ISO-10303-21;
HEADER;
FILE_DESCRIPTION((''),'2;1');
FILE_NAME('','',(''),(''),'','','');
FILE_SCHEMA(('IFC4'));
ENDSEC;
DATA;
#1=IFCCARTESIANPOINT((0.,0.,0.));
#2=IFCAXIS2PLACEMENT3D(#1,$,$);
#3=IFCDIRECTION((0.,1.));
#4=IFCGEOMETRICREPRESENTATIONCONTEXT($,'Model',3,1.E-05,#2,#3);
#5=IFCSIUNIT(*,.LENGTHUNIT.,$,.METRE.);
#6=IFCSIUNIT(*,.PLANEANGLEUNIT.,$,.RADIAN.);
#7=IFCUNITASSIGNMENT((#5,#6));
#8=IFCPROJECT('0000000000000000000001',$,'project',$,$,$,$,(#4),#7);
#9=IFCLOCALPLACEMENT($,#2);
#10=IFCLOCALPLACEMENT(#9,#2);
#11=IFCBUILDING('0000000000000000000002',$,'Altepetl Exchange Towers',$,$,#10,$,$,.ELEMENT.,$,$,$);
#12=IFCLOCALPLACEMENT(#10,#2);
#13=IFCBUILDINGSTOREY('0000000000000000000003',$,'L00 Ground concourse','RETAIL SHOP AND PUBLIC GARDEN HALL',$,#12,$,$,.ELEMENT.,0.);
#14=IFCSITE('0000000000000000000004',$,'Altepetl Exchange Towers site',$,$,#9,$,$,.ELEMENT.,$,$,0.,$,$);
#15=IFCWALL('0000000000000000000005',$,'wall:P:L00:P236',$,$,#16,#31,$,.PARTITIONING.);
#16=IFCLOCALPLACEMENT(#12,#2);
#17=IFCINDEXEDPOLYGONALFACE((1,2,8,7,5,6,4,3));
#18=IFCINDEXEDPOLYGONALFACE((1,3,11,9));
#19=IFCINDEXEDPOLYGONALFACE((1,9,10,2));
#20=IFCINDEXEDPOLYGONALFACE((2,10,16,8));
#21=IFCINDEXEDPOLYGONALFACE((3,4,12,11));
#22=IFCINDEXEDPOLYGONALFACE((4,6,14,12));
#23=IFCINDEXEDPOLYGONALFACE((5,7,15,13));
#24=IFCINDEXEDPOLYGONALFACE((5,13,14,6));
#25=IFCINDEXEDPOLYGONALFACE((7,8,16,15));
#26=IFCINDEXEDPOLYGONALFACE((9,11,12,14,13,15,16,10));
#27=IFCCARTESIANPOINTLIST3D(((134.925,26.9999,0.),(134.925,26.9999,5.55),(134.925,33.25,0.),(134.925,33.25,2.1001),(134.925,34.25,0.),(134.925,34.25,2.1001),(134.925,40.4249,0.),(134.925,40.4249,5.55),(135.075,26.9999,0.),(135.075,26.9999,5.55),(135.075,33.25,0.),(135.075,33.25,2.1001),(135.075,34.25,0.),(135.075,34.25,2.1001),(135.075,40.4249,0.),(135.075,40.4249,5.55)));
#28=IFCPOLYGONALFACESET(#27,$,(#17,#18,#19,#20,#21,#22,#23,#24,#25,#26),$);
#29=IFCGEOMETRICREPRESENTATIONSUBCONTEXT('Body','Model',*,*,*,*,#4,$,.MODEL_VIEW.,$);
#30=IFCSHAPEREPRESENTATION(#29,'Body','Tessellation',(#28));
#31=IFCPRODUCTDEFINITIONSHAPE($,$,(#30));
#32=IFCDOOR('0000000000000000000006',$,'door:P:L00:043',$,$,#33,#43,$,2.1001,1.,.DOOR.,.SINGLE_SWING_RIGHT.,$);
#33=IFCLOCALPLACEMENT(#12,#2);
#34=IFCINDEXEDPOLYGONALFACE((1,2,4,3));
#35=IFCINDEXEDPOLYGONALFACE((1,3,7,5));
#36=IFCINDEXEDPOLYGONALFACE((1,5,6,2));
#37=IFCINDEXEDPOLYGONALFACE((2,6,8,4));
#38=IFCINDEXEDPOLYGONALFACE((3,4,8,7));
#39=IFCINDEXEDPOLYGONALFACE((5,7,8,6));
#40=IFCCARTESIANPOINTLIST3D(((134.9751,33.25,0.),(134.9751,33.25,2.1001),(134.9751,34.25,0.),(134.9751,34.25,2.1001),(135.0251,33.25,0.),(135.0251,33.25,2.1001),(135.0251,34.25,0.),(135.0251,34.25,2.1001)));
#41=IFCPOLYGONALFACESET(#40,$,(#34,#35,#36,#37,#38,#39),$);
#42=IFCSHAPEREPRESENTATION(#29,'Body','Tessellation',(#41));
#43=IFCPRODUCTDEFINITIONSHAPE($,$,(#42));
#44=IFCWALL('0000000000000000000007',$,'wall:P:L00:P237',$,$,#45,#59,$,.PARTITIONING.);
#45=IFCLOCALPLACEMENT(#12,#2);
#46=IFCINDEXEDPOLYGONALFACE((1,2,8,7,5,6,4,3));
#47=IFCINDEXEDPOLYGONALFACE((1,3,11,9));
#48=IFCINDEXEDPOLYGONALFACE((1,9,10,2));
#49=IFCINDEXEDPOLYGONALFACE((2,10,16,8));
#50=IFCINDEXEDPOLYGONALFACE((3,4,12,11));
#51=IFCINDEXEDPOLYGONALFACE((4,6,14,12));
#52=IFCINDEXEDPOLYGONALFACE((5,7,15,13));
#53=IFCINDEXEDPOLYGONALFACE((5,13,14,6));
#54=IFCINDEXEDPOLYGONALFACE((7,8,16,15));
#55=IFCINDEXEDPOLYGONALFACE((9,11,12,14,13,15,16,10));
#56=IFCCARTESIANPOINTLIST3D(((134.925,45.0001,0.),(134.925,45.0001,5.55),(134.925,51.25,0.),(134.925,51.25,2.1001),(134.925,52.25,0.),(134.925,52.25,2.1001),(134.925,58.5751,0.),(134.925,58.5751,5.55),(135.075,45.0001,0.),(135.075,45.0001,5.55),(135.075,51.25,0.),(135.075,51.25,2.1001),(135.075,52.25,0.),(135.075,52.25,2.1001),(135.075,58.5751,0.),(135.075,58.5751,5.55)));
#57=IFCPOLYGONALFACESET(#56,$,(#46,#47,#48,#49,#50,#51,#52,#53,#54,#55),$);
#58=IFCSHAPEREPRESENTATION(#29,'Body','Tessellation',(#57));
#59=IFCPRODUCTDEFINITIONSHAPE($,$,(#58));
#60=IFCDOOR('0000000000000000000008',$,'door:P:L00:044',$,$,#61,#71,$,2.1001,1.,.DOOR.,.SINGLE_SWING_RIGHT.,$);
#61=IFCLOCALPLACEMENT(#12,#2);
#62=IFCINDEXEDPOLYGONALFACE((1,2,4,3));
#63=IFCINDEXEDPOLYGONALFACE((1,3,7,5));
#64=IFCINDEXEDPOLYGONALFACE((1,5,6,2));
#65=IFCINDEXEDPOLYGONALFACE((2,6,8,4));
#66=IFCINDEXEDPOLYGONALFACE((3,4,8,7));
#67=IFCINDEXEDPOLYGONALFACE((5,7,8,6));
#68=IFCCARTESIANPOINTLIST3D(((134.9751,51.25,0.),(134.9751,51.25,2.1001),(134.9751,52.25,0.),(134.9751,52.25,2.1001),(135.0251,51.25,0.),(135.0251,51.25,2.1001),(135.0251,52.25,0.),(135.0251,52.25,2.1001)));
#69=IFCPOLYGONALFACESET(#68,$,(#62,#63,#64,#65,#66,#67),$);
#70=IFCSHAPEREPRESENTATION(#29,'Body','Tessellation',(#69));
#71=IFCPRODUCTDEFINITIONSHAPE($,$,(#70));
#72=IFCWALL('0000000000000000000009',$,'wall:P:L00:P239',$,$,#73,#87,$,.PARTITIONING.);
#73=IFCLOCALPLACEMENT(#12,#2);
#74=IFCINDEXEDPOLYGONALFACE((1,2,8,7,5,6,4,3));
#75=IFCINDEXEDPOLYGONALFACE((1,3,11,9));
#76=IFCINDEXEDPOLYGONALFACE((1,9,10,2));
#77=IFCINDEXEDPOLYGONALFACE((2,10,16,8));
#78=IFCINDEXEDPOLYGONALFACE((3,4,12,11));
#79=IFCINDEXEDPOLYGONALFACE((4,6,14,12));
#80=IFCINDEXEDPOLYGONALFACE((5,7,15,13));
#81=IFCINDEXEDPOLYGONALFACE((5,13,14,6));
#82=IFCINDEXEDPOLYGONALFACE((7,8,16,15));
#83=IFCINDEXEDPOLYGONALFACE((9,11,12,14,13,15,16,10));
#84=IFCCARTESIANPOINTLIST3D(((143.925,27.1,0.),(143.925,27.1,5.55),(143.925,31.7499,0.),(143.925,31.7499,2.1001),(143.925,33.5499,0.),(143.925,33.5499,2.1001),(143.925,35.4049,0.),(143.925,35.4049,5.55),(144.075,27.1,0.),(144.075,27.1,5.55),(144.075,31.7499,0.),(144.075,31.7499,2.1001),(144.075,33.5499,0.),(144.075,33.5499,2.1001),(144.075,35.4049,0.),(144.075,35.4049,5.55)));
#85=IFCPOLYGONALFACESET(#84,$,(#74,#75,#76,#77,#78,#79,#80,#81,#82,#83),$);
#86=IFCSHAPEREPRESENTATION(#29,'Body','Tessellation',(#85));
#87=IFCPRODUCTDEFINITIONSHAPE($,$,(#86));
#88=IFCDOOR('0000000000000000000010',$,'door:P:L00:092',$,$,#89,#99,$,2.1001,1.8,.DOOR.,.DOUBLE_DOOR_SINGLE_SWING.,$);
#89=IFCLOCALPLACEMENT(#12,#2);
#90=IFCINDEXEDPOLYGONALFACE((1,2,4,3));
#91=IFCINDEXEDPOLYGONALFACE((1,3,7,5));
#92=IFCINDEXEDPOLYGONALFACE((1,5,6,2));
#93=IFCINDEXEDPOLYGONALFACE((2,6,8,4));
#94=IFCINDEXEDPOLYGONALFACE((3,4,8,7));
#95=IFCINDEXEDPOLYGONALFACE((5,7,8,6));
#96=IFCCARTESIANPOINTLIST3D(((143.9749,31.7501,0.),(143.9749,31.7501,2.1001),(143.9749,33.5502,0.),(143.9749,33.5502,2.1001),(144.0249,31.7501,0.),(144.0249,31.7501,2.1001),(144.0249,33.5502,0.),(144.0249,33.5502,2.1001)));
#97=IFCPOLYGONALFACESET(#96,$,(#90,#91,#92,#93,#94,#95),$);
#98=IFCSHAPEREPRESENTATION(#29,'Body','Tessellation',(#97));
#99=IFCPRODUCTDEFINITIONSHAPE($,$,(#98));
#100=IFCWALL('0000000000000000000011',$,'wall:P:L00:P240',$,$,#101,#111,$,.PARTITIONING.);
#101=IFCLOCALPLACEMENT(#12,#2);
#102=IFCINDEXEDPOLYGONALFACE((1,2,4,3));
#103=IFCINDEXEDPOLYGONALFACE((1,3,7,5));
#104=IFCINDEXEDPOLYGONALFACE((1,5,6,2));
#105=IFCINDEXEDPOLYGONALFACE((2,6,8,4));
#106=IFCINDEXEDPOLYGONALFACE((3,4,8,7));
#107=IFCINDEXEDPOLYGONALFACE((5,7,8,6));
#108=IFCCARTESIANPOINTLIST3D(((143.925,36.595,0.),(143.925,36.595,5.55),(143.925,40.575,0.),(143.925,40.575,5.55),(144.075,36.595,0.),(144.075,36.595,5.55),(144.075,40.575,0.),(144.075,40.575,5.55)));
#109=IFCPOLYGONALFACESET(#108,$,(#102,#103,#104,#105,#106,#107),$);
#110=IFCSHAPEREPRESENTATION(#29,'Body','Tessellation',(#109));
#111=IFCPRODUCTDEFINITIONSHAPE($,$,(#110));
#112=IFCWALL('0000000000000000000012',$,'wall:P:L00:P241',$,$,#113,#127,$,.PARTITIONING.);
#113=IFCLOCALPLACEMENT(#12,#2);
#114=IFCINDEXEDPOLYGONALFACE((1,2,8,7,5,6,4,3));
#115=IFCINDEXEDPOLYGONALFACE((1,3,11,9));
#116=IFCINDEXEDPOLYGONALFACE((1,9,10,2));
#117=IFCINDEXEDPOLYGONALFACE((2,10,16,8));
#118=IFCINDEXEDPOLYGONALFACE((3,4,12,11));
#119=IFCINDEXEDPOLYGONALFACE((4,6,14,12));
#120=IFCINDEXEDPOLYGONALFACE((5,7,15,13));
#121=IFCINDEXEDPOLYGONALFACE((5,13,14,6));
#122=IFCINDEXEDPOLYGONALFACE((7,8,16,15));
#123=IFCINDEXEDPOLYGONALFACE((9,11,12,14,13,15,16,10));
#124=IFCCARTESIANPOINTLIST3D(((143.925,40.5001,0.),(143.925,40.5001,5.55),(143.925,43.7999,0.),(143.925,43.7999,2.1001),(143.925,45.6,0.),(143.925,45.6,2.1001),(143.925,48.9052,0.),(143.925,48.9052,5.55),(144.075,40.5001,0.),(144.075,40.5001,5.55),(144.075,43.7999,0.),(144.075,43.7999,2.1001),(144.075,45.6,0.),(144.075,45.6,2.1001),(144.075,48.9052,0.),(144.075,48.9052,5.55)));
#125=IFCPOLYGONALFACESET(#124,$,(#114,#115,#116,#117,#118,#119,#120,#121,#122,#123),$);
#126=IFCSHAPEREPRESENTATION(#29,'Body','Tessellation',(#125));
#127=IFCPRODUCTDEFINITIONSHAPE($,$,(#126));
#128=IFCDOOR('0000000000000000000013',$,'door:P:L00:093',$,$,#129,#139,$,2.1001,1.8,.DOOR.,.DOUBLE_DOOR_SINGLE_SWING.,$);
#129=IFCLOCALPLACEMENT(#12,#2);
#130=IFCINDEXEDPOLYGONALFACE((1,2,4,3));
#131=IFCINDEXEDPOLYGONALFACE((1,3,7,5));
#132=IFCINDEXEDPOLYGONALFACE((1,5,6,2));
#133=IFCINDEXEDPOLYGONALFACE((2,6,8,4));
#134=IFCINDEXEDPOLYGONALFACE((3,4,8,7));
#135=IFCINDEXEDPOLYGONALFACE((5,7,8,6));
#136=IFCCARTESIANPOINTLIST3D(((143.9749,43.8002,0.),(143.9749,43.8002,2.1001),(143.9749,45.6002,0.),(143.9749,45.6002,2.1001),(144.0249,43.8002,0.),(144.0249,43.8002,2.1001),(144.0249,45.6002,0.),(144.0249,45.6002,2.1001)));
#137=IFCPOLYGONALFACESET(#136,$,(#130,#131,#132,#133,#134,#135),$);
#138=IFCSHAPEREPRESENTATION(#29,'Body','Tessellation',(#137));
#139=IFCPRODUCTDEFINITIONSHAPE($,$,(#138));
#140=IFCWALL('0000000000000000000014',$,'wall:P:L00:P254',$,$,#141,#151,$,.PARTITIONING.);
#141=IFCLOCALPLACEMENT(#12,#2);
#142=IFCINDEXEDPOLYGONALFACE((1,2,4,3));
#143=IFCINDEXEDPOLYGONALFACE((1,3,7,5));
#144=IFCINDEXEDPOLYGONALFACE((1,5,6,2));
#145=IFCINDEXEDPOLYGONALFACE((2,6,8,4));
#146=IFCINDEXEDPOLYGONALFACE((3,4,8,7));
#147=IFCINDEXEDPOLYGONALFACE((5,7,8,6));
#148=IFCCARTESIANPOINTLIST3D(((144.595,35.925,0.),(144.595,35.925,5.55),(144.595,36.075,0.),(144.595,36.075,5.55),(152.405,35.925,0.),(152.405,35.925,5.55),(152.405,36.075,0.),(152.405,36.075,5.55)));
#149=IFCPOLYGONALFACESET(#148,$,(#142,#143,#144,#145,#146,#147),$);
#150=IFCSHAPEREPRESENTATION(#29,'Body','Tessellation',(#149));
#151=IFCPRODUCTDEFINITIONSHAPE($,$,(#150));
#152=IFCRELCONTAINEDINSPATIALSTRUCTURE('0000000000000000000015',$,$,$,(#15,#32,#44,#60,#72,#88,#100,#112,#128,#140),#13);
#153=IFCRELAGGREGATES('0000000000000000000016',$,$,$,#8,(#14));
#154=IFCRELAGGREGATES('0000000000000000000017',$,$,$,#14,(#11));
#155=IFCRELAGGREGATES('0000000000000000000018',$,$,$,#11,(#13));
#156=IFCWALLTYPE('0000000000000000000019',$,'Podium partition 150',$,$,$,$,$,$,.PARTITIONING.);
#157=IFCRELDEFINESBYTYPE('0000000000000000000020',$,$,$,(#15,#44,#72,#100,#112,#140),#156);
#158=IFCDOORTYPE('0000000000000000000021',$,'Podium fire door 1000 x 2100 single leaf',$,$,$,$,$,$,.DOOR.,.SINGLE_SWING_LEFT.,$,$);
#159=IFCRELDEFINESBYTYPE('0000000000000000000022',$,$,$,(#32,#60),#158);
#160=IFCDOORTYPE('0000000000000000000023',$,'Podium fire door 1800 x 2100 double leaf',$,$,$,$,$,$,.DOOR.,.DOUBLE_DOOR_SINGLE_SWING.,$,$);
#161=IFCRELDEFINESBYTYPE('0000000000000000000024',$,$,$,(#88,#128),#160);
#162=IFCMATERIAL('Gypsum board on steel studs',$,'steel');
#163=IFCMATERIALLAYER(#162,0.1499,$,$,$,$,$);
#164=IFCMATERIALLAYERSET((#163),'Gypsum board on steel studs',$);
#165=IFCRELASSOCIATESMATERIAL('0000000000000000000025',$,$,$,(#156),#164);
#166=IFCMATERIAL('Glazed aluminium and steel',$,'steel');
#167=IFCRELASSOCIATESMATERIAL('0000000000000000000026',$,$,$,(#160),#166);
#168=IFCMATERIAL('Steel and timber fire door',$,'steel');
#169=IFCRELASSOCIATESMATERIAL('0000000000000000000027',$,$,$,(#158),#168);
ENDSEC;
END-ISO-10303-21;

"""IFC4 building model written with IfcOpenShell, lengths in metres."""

from ifc_helpers import new_model, si_unit, direction, frame, frame_2d, origin, place, context, subcontext, project, spatial, rectangle, extrude, material, layer, layer_set, type_object, element, fill, save


model = new_model("IFC4")

# Units and contexts
model_context = context("Model", 3, precision=1e-05, world=origin(), true_north=direction((0.0, 1.0)))
body_context = subcontext(model_context, "Body", "Model", "MODEL_VIEW")
ifc_project = project(units=[si_unit("LENGTHUNIT", "METRE"), si_unit("PLANEANGLEUNIT", "RADIAN")], contexts=[model_context])

# Site, building, storey
site_placement = place(None, origin())
site = spatial("IfcSite", under=ifc_project, at=site_placement, Name="Altepetl Exchange Towers site", CompositionType="ELEMENT", RefElevation=0.0)
building_placement = place(site_placement, origin())
building = spatial("IfcBuilding", under=site, at=building_placement, Name="Altepetl Exchange Towers", CompositionType="ELEMENT")
storey_placement = place(building_placement, origin())
storey = spatial("IfcBuildingStorey", under=building, at=storey_placement, Name="L00 Ground concourse", Description="RETAIL SHOP AND PUBLIC GARDEN HALL", CompositionType="ELEMENT", Elevation=0.0)

# Shared definitions
ifc_material_1 = material(Name="Gypsum board on steel studs", Category="steel")
ifc_layer_1 = layer(ifc_material_1, 0.1499)
ifc_layer_set_1 = layer_set([ifc_layer_1], Name="Gypsum board on steel studs")
wall_type_1 = type_object("IfcWallType", Name="Podium partition 150", PredefinedType="PARTITIONING", material=ifc_layer_set_1)

# Shared definitions
ifc_material_2 = material(Name="Glazed aluminium and steel", Category="steel")
door_type_1 = type_object("IfcDoorType", Name="Podium fire door 1800 x 2100 double leaf", OperationType="DOUBLE_DOOR_SINGLE_SWING", PredefinedType="DOOR", material=ifc_material_2)

# Walls, openings, doors
wall_1_placement = place(storey_placement, frame((135.0, 27.0, 0.0), z_axis=(0.0, 0.0, 1.0), x_axis=(0.0, 1.0, 0.0)))
wall_1 = element("IfcWall", 1, at=wall_1_placement, inside=storey, type_object=wall_type_1, Name="wall:P:L00:P236", PredefinedType="PARTITIONING", context=body_context, shape_type="SweptSolid", body=[
    extrude(rectangle(XDim=13.425, YDim=0.1499, at=frame_2d((6.7124, 0.0))), origin(), (0.0, 0.0, 1.0), 5.55),
])
opening_1_placement = place(wall_1_placement, frame((6.25, 0.0, 0.0)))
opening_1 = element("IfcOpeningElement", 2, at=opening_1_placement, cuts=wall_1, PredefinedType="OPENING", context=body_context, shape_type="SweptSolid", body=[
    extrude(rectangle(XDim=1.0, YDim=2.1001, at=frame_2d((0.5, 1.05))), frame((0.0, 0.085, 0.0), z_axis=(0.0, -1.0, 0.0), x_axis=(1.0, 0.0, 0.0)), (0.0, 0.0, 1.0), 0.1699),
])
ifc_material_3 = material(Name="Steel and timber fire door", Category="steel")
door_type_2 = type_object("IfcDoorType", Name="Podium fire door 1000 x 2100 single leaf", OperationType="SINGLE_SWING_LEFT", PredefinedType="DOOR", material=ifc_material_3)
door_1_placement = place(opening_1_placement, origin())
door_1 = element("IfcDoor", 3, at=door_1_placement, inside=storey, type_object=door_type_2, Name="door:P:L00:043", OperationType="SINGLE_SWING_RIGHT", OverallHeight=2.1001, OverallWidth=1.0, PredefinedType="DOOR", context=body_context, shape_type="SweptSolid", body=[
    extrude(rectangle(XDim=1.0, YDim=2.1001, at=frame_2d((0.5, 1.05))), frame((0.0, 0.0249, 0.0), z_axis=(0.0, -1.0, 0.0), x_axis=(1.0, 0.0, 0.0)), (0.0, 0.0, 1.0), 0.05),
])
fill(opening_1, door_1)
wall_2_placement = place(storey_placement, frame((135.0, 45.0, 0.0), z_axis=(0.0, 0.0, 1.0), x_axis=(0.0, 1.0, 0.0)))
wall_2 = element("IfcWall", 4, at=wall_2_placement, inside=storey, type_object=wall_type_1, Name="wall:P:L00:P237", PredefinedType="PARTITIONING", context=body_context, shape_type="SweptSolid", body=[
    extrude(rectangle(XDim=13.575, YDim=0.1499, at=frame_2d((6.7876, 0.0))), origin(), (0.0, 0.0, 1.0), 5.55),
])
opening_2_placement = place(wall_2_placement, frame((6.25, 0.0, 0.0)))
opening_2 = element("IfcOpeningElement", 5, at=opening_2_placement, cuts=wall_2, PredefinedType="OPENING", context=body_context, shape_type="SweptSolid", body=[
    extrude(rectangle(XDim=1.0, YDim=2.1001, at=frame_2d((0.5, 1.05))), frame((0.0, 0.085, 0.0), z_axis=(0.0, -1.0, 0.0), x_axis=(1.0, 0.0, 0.0)), (0.0, 0.0, 1.0), 0.1699),
])
door_2_placement = place(opening_2_placement, origin())
door_2 = element("IfcDoor", 6, at=door_2_placement, inside=storey, type_object=door_type_2, Name="door:P:L00:044", OperationType="SINGLE_SWING_RIGHT", OverallHeight=2.1001, OverallWidth=1.0, PredefinedType="DOOR", context=body_context, shape_type="SweptSolid", body=[
    extrude(rectangle(XDim=1.0, YDim=2.1001, at=frame_2d((0.5, 1.05))), frame((0.0, 0.0249, 0.0), z_axis=(0.0, -1.0, 0.0), x_axis=(1.0, 0.0, 0.0)), (0.0, 0.0, 1.0), 0.05),
])
fill(opening_2, door_2)
wall_3_placement = place(storey_placement, frame((144.0, 27.1001, 0.0), z_axis=(0.0, 0.0, 1.0), x_axis=(0.0, 1.0, 0.0)))
wall_3 = element("IfcWall", 7, at=wall_3_placement, inside=storey, type_object=wall_type_1, Name="wall:P:L00:P239", PredefinedType="PARTITIONING", context=body_context, shape_type="SweptSolid", body=[
    extrude(rectangle(XDim=8.3049, YDim=0.1499, at=frame_2d((4.1523, 0.0))), origin(), (0.0, 0.0, 1.0), 5.55),
])
opening_3_placement = place(wall_3_placement, frame((4.6499, 0.0, 0.0)))
opening_3 = element("IfcOpeningElement", 8, at=opening_3_placement, cuts=wall_3, PredefinedType="OPENING", context=body_context, shape_type="SweptSolid", body=[
    extrude(rectangle(XDim=1.8, YDim=2.1001, at=frame_2d((0.8999, 1.05))), frame((0.0, 0.085, 0.0), z_axis=(0.0, -1.0, 0.0), x_axis=(1.0, 0.0, 0.0)), (0.0, 0.0, 1.0), 0.1699),
])
door_3_placement = place(opening_3_placement, frame((1.8, 0.0, 0.0), x_axis=(-1.0, 0.0, 0.0)))
door_3 = element("IfcDoor", 9, at=door_3_placement, inside=storey, type_object=door_type_1, Name="door:P:L00:092", OperationType="DOUBLE_DOOR_SINGLE_SWING", OverallHeight=2.1001, OverallWidth=1.8, PredefinedType="DOOR", context=body_context, shape_type="SweptSolid", body=[
    extrude(rectangle(XDim=1.8, YDim=2.1001, at=frame_2d((0.8999, 1.05))), frame((0.0, 0.0249, 0.0), z_axis=(0.0, -1.0, 0.0), x_axis=(1.0, 0.0, 0.0)), (0.0, 0.0, 1.0), 0.05),
])
fill(opening_3, door_3)

# Wall
wall_4_placement = place(storey_placement, frame((144.0, 36.595, 0.0), z_axis=(0.0, 0.0, 1.0), x_axis=(0.0, 1.0, 0.0)))
element("IfcWall", 10, at=wall_4_placement, inside=storey, type_object=wall_type_1, Name="wall:P:L00:P240", PredefinedType="PARTITIONING", context=body_context, shape_type="SweptSolid", body=[
    extrude(rectangle(XDim=3.98, YDim=0.1499, at=frame_2d((1.99, 0.0))), origin(), (0.0, 0.0, 1.0), 5.55),
])

# Wall, opening, door
wall_5_placement = place(storey_placement, frame((144.0, 40.5, 0.0), z_axis=(0.0, 0.0, 1.0), x_axis=(0.0, 1.0, 0.0)))
wall_5 = element("IfcWall", 11, at=wall_5_placement, inside=storey, type_object=wall_type_1, Name="wall:P:L00:P241", PredefinedType="PARTITIONING", context=body_context, shape_type="SweptSolid", body=[
    extrude(rectangle(XDim=8.405, YDim=0.1499, at=frame_2d((4.2026, 0.0))), origin(), (0.0, 0.0, 1.0), 5.55),
])
opening_4_placement = place(wall_5_placement, frame((3.3, 0.0, 0.0)))
opening_4 = element("IfcOpeningElement", 12, at=opening_4_placement, cuts=wall_5, PredefinedType="OPENING", context=body_context, shape_type="SweptSolid", body=[
    extrude(rectangle(XDim=1.8, YDim=2.1001, at=frame_2d((0.8999, 1.05))), frame((0.0, 0.085, 0.0), z_axis=(0.0, -1.0, 0.0), x_axis=(1.0, 0.0, 0.0)), (0.0, 0.0, 1.0), 0.1699),
])
door_4_placement = place(opening_4_placement, frame((1.8, 0.0, 0.0), x_axis=(-1.0, 0.0, 0.0)))
door_4 = element("IfcDoor", 13, at=door_4_placement, inside=storey, type_object=door_type_1, Name="door:P:L00:093", OperationType="DOUBLE_DOOR_SINGLE_SWING", OverallHeight=2.1001, OverallWidth=1.8, PredefinedType="DOOR", context=body_context, shape_type="SweptSolid", body=[
    extrude(rectangle(XDim=1.8, YDim=2.1001, at=frame_2d((0.8999, 1.05))), frame((0.0, 0.0249, 0.0), z_axis=(0.0, -1.0, 0.0), x_axis=(1.0, 0.0, 0.0)), (0.0, 0.0, 1.0), 0.05),
])
fill(opening_4, door_4)

# Wall
wall_6_placement = place(storey_placement, frame((144.595, 36.0, 0.0)))
element("IfcWall", 14, at=wall_6_placement, inside=storey, type_object=wall_type_1, Name="wall:P:L00:P254", PredefinedType="PARTITIONING", context=body_context, shape_type="SweptSolid", body=[
    extrude(rectangle(XDim=7.8101, YDim=0.1499, at=frame_2d((3.905, 0.0))), origin(), (0.0, 0.0, 1.0), 5.55),
])

save(model, "model.ifc")
